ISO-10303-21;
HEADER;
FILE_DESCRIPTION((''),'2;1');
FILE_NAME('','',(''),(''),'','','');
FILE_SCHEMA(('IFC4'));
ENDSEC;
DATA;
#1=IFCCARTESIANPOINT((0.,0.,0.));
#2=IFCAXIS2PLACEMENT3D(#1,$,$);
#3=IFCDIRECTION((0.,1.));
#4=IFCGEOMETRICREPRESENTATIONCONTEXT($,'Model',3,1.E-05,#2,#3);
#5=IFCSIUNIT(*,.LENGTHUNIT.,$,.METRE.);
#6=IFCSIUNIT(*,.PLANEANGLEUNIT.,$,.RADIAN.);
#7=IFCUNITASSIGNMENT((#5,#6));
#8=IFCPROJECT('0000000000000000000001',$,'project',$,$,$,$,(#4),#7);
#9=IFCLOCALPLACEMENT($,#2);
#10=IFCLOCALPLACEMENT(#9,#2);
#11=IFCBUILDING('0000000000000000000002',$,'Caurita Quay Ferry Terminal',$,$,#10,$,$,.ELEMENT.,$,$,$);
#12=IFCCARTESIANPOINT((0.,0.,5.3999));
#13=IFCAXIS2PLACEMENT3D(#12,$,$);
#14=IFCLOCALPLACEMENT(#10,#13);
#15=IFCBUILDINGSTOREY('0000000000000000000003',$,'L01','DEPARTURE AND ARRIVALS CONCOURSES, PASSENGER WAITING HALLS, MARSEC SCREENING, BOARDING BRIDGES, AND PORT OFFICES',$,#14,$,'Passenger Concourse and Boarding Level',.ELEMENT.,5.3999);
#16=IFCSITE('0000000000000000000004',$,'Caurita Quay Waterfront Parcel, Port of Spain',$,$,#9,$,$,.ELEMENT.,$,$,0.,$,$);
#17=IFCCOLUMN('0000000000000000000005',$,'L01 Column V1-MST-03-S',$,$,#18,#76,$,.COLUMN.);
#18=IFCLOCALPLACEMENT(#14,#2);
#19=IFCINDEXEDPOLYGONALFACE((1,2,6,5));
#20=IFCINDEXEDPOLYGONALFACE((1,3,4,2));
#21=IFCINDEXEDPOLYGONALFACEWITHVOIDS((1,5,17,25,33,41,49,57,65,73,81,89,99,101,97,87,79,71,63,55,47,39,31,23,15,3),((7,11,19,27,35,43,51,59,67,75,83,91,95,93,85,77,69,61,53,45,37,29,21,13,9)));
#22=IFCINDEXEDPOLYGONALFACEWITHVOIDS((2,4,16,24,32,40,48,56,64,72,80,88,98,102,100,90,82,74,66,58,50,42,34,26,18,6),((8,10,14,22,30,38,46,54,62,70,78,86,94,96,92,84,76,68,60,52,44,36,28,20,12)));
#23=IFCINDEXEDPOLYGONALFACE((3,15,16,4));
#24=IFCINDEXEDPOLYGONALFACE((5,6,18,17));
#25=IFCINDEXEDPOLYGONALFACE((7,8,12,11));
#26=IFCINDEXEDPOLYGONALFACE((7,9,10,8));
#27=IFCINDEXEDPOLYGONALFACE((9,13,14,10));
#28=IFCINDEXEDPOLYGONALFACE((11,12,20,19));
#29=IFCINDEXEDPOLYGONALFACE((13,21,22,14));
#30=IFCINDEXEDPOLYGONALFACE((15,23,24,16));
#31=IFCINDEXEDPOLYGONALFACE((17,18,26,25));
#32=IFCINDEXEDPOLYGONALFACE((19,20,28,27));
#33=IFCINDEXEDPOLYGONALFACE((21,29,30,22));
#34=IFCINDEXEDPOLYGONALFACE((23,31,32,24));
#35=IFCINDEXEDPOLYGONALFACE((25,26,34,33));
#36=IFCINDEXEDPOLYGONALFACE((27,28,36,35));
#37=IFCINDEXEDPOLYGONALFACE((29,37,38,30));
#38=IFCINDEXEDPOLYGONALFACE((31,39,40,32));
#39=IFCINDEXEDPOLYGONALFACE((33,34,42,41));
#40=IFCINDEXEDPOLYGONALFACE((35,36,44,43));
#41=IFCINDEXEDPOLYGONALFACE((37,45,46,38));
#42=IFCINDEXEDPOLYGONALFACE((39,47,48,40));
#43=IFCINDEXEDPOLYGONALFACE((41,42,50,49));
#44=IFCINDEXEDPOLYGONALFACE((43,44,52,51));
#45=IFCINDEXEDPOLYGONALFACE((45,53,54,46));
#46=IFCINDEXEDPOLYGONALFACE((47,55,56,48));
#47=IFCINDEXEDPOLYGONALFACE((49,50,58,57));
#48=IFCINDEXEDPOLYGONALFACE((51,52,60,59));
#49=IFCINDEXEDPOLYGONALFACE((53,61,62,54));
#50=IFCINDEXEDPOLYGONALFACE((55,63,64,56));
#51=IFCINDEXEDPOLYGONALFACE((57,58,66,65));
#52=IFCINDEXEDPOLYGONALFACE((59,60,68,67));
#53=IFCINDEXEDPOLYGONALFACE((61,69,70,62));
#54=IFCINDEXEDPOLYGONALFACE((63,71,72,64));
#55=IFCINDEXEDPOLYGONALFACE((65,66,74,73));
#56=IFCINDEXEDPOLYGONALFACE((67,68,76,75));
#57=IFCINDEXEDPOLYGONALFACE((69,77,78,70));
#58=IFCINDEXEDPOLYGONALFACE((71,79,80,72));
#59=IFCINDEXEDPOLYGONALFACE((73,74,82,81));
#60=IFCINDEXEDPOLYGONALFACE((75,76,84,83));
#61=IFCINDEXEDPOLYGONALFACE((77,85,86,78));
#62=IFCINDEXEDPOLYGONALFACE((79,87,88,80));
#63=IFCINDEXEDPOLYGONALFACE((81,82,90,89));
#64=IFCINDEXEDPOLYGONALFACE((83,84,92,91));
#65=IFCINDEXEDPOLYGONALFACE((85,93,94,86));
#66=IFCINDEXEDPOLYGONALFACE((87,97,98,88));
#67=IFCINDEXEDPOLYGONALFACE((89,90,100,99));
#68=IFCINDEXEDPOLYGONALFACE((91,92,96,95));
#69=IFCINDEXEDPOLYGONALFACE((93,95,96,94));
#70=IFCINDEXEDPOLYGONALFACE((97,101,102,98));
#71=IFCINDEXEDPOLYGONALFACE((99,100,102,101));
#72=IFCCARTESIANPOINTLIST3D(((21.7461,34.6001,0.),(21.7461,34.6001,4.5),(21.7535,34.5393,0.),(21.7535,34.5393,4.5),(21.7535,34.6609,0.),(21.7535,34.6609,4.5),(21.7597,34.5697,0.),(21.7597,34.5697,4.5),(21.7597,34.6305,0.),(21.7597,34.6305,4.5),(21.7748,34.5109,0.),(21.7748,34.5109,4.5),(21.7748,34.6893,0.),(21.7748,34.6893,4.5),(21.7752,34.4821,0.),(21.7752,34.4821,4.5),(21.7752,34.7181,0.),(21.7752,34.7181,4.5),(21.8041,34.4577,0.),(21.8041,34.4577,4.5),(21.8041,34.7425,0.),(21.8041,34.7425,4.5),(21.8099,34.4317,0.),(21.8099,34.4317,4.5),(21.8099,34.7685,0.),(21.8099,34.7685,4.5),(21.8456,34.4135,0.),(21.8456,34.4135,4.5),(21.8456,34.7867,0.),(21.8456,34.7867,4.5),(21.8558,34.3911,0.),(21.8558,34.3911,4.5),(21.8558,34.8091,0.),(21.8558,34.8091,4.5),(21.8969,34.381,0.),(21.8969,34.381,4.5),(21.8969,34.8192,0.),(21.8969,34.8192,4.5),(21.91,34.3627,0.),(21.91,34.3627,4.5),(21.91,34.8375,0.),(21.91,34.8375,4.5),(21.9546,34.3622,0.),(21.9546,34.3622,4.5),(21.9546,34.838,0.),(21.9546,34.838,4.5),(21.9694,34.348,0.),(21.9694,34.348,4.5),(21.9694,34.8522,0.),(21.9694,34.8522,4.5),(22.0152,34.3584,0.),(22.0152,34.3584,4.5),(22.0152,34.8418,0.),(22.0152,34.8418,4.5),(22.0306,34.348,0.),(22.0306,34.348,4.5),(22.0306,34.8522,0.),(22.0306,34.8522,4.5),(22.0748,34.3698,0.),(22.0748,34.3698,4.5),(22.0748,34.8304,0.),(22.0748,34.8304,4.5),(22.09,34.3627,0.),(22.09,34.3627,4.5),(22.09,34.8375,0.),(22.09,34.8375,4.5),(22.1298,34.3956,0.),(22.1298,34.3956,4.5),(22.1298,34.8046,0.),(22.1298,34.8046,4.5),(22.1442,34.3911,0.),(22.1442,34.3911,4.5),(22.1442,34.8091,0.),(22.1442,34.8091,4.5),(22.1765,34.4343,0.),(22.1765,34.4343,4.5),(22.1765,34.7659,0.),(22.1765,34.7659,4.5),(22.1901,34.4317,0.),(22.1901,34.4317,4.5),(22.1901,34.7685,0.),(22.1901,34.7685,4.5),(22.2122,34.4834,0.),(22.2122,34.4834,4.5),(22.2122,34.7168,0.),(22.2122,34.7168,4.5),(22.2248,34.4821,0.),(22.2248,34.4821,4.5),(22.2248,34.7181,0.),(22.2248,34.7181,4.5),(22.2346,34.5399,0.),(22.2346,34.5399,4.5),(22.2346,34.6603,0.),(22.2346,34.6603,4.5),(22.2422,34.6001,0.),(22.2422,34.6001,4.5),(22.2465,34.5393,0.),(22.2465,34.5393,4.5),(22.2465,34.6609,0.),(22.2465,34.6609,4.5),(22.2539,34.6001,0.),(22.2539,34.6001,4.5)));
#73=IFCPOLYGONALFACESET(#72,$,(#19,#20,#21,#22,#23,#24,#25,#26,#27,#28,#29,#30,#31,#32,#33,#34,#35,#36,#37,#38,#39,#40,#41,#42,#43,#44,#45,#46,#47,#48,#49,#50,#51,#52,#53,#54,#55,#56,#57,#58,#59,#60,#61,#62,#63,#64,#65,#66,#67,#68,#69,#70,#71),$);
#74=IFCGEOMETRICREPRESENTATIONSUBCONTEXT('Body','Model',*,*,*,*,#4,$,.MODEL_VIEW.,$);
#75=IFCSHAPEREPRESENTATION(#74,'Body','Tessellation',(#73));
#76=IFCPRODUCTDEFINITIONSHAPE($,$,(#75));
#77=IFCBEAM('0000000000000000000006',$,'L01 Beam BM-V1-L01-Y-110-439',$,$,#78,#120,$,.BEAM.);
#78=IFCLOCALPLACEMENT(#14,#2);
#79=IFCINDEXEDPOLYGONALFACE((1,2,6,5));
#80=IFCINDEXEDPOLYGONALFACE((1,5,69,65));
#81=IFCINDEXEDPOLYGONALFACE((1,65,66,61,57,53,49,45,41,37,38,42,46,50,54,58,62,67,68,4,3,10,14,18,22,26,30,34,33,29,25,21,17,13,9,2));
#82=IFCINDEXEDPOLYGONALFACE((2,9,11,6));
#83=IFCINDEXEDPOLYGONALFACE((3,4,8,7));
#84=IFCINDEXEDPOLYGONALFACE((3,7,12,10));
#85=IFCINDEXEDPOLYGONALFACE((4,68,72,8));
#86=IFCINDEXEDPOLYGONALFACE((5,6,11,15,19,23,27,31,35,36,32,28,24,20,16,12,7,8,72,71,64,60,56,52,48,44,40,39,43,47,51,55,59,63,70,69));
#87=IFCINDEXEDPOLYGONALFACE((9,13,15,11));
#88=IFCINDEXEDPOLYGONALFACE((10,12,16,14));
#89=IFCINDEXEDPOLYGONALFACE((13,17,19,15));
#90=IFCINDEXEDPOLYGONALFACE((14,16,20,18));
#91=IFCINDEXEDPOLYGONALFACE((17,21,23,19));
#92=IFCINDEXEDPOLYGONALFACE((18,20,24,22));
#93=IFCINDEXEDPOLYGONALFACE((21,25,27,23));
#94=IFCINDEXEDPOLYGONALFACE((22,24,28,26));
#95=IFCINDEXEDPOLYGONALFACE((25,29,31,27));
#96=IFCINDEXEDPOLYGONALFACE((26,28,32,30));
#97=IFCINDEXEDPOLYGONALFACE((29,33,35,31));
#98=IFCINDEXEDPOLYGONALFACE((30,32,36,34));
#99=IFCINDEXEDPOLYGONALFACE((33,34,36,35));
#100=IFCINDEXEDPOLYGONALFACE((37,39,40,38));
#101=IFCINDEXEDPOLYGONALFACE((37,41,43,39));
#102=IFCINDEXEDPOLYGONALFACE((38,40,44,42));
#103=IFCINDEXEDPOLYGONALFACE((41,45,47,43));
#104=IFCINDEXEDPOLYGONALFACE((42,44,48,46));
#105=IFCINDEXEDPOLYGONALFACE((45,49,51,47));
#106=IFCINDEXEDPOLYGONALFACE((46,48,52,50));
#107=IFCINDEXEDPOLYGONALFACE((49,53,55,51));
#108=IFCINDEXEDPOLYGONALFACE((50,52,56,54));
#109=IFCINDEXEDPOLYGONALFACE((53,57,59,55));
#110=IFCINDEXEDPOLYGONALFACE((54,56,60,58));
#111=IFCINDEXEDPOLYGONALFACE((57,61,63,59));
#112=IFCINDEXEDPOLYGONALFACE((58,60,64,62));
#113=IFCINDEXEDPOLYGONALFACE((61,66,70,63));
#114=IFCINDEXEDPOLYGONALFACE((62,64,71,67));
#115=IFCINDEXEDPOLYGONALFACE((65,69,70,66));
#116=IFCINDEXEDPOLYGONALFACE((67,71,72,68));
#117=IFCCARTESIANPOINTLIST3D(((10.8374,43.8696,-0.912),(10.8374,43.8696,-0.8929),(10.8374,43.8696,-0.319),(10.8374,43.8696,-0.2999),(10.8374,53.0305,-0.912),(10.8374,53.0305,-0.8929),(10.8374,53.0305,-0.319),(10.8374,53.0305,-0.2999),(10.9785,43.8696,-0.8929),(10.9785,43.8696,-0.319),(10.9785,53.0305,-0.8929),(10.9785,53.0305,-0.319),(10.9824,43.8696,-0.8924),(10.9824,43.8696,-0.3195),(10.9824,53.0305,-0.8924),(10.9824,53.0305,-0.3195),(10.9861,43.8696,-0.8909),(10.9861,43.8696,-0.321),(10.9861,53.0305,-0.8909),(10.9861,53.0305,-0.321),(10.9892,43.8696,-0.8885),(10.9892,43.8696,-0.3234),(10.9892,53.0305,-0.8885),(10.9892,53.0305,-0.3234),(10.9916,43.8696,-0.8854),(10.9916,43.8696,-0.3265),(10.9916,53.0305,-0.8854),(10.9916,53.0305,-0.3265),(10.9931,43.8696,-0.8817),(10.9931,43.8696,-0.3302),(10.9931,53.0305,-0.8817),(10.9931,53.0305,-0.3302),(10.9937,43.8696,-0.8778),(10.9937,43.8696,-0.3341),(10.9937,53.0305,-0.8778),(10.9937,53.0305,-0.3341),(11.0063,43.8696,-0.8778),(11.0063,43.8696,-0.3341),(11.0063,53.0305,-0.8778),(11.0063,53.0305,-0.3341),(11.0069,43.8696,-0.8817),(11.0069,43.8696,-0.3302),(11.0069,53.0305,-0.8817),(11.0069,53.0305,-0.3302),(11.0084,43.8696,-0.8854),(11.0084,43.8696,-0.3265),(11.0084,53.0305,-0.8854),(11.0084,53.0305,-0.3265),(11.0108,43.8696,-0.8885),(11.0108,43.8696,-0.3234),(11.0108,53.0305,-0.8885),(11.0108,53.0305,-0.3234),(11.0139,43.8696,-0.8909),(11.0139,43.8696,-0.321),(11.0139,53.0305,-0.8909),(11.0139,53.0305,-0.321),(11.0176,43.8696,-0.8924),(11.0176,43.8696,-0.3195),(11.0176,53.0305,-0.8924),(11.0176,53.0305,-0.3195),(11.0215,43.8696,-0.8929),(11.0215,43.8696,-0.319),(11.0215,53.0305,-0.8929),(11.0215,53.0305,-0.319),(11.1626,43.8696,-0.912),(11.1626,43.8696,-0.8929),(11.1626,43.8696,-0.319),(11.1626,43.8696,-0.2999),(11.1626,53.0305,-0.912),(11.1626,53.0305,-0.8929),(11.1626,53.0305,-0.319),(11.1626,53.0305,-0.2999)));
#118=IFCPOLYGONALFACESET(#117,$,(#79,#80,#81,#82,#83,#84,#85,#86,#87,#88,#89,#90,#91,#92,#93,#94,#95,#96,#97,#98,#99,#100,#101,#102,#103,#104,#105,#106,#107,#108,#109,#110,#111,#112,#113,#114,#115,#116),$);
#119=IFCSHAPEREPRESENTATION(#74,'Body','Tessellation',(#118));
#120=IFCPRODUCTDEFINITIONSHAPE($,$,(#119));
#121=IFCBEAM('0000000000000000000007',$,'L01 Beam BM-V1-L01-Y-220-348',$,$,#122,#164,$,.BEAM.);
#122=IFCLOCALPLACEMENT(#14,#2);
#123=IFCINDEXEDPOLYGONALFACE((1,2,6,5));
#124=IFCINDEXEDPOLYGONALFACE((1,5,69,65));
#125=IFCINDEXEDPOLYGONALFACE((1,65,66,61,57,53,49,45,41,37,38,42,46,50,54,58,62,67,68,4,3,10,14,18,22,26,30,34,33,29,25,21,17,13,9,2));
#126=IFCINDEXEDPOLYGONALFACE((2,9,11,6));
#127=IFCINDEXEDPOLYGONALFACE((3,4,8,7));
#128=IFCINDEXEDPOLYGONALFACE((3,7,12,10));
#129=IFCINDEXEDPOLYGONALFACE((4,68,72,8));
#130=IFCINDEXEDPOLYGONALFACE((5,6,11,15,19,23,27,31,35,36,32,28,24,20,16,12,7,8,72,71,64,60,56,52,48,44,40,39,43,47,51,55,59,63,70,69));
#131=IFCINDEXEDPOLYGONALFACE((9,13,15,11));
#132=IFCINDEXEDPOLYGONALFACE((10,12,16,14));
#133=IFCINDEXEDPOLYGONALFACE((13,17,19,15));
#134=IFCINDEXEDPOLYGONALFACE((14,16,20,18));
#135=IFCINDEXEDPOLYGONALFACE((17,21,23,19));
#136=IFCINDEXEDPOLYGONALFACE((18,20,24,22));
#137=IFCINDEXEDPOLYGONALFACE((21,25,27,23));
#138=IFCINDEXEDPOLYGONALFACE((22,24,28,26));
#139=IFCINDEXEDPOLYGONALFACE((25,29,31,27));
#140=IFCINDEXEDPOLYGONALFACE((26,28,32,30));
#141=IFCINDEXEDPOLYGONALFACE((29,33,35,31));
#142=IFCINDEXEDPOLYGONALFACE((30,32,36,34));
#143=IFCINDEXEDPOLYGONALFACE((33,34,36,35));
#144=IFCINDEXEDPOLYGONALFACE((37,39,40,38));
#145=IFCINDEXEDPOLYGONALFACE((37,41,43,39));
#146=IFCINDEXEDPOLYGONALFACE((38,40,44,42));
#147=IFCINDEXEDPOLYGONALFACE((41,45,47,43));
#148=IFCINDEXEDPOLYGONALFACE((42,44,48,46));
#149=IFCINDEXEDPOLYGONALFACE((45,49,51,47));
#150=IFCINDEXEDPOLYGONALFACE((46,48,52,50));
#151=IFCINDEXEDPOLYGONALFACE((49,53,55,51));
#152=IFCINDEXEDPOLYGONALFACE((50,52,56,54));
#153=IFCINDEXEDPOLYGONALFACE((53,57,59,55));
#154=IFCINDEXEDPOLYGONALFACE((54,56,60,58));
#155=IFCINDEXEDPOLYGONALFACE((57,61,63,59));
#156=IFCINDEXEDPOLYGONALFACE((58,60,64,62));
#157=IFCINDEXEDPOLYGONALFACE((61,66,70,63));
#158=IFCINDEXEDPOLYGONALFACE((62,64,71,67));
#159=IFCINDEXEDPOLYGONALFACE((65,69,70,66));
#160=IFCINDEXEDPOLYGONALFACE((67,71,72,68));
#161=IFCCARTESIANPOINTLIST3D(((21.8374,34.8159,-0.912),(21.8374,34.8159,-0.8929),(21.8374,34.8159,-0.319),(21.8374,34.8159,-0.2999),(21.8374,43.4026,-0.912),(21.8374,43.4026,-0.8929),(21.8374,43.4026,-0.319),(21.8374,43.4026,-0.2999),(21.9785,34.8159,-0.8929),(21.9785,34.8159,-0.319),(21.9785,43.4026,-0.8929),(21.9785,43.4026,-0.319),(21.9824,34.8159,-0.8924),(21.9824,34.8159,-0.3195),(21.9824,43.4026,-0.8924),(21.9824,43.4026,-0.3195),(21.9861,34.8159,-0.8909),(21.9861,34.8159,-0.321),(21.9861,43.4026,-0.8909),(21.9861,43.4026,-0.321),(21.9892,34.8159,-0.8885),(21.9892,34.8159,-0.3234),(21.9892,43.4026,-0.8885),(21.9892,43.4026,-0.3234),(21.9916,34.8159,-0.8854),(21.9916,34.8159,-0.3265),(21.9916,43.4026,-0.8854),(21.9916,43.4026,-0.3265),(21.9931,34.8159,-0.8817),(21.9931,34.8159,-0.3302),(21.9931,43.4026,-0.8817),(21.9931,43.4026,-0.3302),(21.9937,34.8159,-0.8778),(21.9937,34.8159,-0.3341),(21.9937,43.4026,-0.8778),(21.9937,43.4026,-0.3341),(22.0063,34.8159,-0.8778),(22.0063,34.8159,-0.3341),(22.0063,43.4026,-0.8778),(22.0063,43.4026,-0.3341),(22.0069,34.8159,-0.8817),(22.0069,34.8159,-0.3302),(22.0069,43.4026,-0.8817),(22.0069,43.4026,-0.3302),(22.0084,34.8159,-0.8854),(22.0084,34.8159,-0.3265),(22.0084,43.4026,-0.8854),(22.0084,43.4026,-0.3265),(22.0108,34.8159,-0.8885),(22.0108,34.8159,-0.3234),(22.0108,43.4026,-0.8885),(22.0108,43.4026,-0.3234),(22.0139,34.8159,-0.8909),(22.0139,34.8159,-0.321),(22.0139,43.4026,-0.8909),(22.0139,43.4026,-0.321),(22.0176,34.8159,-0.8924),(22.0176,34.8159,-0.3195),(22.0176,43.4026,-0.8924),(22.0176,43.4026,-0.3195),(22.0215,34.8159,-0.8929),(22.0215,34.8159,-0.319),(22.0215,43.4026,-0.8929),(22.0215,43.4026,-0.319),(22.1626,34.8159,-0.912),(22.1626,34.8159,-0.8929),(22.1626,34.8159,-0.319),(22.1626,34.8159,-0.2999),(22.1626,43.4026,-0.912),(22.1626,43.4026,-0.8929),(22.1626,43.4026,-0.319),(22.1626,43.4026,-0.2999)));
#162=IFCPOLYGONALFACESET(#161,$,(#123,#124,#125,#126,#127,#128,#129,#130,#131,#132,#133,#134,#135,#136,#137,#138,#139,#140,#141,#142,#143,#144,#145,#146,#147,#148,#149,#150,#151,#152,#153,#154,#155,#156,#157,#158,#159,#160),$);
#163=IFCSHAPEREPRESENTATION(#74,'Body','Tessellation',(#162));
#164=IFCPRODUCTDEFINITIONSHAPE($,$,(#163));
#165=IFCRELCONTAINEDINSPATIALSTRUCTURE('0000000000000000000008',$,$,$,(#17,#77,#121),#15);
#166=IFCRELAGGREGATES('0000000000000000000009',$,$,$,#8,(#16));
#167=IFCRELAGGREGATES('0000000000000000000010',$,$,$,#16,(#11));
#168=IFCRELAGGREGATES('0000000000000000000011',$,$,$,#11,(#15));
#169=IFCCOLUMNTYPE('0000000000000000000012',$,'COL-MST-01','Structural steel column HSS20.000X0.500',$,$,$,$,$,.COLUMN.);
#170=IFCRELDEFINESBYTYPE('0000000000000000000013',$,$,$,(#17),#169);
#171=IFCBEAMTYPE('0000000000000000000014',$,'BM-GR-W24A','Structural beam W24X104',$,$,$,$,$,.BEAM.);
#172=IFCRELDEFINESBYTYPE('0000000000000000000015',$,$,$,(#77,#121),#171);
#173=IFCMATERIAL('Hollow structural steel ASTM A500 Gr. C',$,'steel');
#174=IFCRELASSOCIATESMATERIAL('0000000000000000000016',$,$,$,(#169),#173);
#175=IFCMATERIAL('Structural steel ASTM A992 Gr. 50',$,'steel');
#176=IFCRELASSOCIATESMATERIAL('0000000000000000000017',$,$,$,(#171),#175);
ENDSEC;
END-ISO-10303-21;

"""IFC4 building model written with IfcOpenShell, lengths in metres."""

from ifc_helpers import new_model, si_unit, direction, frame, origin, origin_2d, place, context, subcontext, project, spatial, hollow_circle, i_section, extrude, material, material_profile, profile_set, type_object, element, save


model = new_model("IFC4")

# Units and contexts
model_context = context("Model", 3, precision=1e-05, world=origin(), true_north=direction((0.0, 1.0)))
body_context = subcontext(model_context, "Body", "Model", "MODEL_VIEW")
ifc_project = project(units=[si_unit("LENGTHUNIT", "METRE"), si_unit("PLANEANGLEUNIT", "RADIAN")], contexts=[model_context])

# Site, building, storey
site_placement = place(None, origin())
site = spatial("IfcSite", under=ifc_project, at=site_placement, Name="Caurita Quay Waterfront Parcel, Port of Spain", CompositionType="ELEMENT", RefElevation=0.0)
building_placement = place(site_placement, origin())
building = spatial("IfcBuilding", under=site, at=building_placement, Name="Caurita Quay Ferry Terminal", CompositionType="ELEMENT")
storey_placement = place(building_placement, frame((0.0, 0.0, 5.3999)))
storey = spatial("IfcBuildingStorey", under=building, at=storey_placement, Name="L01", Description="DEPARTURE AND ARRIVALS CONCOURSES, PASSENGER WAITING HALLS, MARSEC SCREENING, BOARDING BRIDGES, AND PORT OFFICES", LongName="Passenger Concourse and Boarding Level", CompositionType="ELEMENT", Elevation=5.3999)

# Column
ifc_material_1 = material(Name="Hollow structural steel ASTM A500 Gr. C", Category="steel")
ifc_material_profile_1 = material_profile(ifc_material_1, hollow_circle(Radius=0.2539, WallThickness=0.0117, at=origin_2d()), Name="HSS20.000X0.500")
ifc_profile_set_1 = profile_set([ifc_material_profile_1], Name="Hollow structural steel ASTM A500 Gr. C")
column_type = type_object("IfcColumnType", Name="COL-MST-01", Description="Structural steel column HSS20.000X0.500", PredefinedType="COLUMN", material=ifc_profile_set_1)
column_placement = place(storey_placement, frame((22.0, 34.6001, 0.0), z_axis=(0.0, 0.0, 1.0), x_axis=(1.0, 0.0, 0.0)))
element("IfcColumn", 1, at=column_placement, inside=storey, type_object=column_type, Name="L01 Column V1-MST-03-S", PredefinedType="COLUMN", context=body_context, shape_type="SweptSolid", body=[
    extrude(hollow_circle(Radius=0.2539, WallThickness=0.0117, at=origin_2d()), origin(), (0.0, 0.0, 1.0), 4.5),
])

# Beams
ifc_material_2 = material(Name="Structural steel ASTM A992 Gr. 50", Category="steel")
ifc_material_profile_2 = material_profile(ifc_material_2, i_section(OverallWidth=0.3252, OverallDepth=0.6121, WebThickness=0.0127, FlangeThickness=0.019, FilletRadius=0.0151, at=origin_2d()), Name="W24X104")
ifc_profile_set_2 = profile_set([ifc_material_profile_2], Name="Structural steel ASTM A992 Gr. 50")
beam_type_1 = type_object("IfcBeamType", Name="BM-GR-W24A", Description="Structural beam W24X104", PredefinedType="BEAM", material=ifc_profile_set_2)
beam_1_placement = place(storey_placement, frame((11.0, 43.8696, -0.606), z_axis=(0.0, 1.0, 0.0), x_axis=(-1.0, 0.0, 0.0)))
element("IfcBeam", 2, at=beam_1_placement, inside=storey, type_object=beam_type_1, Name="L01 Beam BM-V1-L01-Y-110-439", PredefinedType="BEAM", context=body_context, shape_type="SweptSolid", body=[
    extrude(i_section(OverallWidth=0.3252, OverallDepth=0.6121, WebThickness=0.0127, FlangeThickness=0.019, FilletRadius=0.0151, at=origin_2d()), origin(), (0.0, 0.0, 1.0), 9.1609),
])
beam_2_placement = place(storey_placement, frame((22.0, 34.8159, -0.606), z_axis=(0.0, 1.0, 0.0), x_axis=(-1.0, 0.0, 0.0)))
element("IfcBeam", 3, at=beam_2_placement, inside=storey, type_object=beam_type_1, Name="L01 Beam BM-V1-L01-Y-220-348", PredefinedType="BEAM", context=body_context, shape_type="SweptSolid", body=[
    extrude(i_section(OverallWidth=0.3252, OverallDepth=0.6121, WebThickness=0.0127, FlangeThickness=0.019, FilletRadius=0.0151, at=origin_2d()), origin(), (0.0, 0.0, 1.0), 8.5867),
])

save(model, "model.ifc")
